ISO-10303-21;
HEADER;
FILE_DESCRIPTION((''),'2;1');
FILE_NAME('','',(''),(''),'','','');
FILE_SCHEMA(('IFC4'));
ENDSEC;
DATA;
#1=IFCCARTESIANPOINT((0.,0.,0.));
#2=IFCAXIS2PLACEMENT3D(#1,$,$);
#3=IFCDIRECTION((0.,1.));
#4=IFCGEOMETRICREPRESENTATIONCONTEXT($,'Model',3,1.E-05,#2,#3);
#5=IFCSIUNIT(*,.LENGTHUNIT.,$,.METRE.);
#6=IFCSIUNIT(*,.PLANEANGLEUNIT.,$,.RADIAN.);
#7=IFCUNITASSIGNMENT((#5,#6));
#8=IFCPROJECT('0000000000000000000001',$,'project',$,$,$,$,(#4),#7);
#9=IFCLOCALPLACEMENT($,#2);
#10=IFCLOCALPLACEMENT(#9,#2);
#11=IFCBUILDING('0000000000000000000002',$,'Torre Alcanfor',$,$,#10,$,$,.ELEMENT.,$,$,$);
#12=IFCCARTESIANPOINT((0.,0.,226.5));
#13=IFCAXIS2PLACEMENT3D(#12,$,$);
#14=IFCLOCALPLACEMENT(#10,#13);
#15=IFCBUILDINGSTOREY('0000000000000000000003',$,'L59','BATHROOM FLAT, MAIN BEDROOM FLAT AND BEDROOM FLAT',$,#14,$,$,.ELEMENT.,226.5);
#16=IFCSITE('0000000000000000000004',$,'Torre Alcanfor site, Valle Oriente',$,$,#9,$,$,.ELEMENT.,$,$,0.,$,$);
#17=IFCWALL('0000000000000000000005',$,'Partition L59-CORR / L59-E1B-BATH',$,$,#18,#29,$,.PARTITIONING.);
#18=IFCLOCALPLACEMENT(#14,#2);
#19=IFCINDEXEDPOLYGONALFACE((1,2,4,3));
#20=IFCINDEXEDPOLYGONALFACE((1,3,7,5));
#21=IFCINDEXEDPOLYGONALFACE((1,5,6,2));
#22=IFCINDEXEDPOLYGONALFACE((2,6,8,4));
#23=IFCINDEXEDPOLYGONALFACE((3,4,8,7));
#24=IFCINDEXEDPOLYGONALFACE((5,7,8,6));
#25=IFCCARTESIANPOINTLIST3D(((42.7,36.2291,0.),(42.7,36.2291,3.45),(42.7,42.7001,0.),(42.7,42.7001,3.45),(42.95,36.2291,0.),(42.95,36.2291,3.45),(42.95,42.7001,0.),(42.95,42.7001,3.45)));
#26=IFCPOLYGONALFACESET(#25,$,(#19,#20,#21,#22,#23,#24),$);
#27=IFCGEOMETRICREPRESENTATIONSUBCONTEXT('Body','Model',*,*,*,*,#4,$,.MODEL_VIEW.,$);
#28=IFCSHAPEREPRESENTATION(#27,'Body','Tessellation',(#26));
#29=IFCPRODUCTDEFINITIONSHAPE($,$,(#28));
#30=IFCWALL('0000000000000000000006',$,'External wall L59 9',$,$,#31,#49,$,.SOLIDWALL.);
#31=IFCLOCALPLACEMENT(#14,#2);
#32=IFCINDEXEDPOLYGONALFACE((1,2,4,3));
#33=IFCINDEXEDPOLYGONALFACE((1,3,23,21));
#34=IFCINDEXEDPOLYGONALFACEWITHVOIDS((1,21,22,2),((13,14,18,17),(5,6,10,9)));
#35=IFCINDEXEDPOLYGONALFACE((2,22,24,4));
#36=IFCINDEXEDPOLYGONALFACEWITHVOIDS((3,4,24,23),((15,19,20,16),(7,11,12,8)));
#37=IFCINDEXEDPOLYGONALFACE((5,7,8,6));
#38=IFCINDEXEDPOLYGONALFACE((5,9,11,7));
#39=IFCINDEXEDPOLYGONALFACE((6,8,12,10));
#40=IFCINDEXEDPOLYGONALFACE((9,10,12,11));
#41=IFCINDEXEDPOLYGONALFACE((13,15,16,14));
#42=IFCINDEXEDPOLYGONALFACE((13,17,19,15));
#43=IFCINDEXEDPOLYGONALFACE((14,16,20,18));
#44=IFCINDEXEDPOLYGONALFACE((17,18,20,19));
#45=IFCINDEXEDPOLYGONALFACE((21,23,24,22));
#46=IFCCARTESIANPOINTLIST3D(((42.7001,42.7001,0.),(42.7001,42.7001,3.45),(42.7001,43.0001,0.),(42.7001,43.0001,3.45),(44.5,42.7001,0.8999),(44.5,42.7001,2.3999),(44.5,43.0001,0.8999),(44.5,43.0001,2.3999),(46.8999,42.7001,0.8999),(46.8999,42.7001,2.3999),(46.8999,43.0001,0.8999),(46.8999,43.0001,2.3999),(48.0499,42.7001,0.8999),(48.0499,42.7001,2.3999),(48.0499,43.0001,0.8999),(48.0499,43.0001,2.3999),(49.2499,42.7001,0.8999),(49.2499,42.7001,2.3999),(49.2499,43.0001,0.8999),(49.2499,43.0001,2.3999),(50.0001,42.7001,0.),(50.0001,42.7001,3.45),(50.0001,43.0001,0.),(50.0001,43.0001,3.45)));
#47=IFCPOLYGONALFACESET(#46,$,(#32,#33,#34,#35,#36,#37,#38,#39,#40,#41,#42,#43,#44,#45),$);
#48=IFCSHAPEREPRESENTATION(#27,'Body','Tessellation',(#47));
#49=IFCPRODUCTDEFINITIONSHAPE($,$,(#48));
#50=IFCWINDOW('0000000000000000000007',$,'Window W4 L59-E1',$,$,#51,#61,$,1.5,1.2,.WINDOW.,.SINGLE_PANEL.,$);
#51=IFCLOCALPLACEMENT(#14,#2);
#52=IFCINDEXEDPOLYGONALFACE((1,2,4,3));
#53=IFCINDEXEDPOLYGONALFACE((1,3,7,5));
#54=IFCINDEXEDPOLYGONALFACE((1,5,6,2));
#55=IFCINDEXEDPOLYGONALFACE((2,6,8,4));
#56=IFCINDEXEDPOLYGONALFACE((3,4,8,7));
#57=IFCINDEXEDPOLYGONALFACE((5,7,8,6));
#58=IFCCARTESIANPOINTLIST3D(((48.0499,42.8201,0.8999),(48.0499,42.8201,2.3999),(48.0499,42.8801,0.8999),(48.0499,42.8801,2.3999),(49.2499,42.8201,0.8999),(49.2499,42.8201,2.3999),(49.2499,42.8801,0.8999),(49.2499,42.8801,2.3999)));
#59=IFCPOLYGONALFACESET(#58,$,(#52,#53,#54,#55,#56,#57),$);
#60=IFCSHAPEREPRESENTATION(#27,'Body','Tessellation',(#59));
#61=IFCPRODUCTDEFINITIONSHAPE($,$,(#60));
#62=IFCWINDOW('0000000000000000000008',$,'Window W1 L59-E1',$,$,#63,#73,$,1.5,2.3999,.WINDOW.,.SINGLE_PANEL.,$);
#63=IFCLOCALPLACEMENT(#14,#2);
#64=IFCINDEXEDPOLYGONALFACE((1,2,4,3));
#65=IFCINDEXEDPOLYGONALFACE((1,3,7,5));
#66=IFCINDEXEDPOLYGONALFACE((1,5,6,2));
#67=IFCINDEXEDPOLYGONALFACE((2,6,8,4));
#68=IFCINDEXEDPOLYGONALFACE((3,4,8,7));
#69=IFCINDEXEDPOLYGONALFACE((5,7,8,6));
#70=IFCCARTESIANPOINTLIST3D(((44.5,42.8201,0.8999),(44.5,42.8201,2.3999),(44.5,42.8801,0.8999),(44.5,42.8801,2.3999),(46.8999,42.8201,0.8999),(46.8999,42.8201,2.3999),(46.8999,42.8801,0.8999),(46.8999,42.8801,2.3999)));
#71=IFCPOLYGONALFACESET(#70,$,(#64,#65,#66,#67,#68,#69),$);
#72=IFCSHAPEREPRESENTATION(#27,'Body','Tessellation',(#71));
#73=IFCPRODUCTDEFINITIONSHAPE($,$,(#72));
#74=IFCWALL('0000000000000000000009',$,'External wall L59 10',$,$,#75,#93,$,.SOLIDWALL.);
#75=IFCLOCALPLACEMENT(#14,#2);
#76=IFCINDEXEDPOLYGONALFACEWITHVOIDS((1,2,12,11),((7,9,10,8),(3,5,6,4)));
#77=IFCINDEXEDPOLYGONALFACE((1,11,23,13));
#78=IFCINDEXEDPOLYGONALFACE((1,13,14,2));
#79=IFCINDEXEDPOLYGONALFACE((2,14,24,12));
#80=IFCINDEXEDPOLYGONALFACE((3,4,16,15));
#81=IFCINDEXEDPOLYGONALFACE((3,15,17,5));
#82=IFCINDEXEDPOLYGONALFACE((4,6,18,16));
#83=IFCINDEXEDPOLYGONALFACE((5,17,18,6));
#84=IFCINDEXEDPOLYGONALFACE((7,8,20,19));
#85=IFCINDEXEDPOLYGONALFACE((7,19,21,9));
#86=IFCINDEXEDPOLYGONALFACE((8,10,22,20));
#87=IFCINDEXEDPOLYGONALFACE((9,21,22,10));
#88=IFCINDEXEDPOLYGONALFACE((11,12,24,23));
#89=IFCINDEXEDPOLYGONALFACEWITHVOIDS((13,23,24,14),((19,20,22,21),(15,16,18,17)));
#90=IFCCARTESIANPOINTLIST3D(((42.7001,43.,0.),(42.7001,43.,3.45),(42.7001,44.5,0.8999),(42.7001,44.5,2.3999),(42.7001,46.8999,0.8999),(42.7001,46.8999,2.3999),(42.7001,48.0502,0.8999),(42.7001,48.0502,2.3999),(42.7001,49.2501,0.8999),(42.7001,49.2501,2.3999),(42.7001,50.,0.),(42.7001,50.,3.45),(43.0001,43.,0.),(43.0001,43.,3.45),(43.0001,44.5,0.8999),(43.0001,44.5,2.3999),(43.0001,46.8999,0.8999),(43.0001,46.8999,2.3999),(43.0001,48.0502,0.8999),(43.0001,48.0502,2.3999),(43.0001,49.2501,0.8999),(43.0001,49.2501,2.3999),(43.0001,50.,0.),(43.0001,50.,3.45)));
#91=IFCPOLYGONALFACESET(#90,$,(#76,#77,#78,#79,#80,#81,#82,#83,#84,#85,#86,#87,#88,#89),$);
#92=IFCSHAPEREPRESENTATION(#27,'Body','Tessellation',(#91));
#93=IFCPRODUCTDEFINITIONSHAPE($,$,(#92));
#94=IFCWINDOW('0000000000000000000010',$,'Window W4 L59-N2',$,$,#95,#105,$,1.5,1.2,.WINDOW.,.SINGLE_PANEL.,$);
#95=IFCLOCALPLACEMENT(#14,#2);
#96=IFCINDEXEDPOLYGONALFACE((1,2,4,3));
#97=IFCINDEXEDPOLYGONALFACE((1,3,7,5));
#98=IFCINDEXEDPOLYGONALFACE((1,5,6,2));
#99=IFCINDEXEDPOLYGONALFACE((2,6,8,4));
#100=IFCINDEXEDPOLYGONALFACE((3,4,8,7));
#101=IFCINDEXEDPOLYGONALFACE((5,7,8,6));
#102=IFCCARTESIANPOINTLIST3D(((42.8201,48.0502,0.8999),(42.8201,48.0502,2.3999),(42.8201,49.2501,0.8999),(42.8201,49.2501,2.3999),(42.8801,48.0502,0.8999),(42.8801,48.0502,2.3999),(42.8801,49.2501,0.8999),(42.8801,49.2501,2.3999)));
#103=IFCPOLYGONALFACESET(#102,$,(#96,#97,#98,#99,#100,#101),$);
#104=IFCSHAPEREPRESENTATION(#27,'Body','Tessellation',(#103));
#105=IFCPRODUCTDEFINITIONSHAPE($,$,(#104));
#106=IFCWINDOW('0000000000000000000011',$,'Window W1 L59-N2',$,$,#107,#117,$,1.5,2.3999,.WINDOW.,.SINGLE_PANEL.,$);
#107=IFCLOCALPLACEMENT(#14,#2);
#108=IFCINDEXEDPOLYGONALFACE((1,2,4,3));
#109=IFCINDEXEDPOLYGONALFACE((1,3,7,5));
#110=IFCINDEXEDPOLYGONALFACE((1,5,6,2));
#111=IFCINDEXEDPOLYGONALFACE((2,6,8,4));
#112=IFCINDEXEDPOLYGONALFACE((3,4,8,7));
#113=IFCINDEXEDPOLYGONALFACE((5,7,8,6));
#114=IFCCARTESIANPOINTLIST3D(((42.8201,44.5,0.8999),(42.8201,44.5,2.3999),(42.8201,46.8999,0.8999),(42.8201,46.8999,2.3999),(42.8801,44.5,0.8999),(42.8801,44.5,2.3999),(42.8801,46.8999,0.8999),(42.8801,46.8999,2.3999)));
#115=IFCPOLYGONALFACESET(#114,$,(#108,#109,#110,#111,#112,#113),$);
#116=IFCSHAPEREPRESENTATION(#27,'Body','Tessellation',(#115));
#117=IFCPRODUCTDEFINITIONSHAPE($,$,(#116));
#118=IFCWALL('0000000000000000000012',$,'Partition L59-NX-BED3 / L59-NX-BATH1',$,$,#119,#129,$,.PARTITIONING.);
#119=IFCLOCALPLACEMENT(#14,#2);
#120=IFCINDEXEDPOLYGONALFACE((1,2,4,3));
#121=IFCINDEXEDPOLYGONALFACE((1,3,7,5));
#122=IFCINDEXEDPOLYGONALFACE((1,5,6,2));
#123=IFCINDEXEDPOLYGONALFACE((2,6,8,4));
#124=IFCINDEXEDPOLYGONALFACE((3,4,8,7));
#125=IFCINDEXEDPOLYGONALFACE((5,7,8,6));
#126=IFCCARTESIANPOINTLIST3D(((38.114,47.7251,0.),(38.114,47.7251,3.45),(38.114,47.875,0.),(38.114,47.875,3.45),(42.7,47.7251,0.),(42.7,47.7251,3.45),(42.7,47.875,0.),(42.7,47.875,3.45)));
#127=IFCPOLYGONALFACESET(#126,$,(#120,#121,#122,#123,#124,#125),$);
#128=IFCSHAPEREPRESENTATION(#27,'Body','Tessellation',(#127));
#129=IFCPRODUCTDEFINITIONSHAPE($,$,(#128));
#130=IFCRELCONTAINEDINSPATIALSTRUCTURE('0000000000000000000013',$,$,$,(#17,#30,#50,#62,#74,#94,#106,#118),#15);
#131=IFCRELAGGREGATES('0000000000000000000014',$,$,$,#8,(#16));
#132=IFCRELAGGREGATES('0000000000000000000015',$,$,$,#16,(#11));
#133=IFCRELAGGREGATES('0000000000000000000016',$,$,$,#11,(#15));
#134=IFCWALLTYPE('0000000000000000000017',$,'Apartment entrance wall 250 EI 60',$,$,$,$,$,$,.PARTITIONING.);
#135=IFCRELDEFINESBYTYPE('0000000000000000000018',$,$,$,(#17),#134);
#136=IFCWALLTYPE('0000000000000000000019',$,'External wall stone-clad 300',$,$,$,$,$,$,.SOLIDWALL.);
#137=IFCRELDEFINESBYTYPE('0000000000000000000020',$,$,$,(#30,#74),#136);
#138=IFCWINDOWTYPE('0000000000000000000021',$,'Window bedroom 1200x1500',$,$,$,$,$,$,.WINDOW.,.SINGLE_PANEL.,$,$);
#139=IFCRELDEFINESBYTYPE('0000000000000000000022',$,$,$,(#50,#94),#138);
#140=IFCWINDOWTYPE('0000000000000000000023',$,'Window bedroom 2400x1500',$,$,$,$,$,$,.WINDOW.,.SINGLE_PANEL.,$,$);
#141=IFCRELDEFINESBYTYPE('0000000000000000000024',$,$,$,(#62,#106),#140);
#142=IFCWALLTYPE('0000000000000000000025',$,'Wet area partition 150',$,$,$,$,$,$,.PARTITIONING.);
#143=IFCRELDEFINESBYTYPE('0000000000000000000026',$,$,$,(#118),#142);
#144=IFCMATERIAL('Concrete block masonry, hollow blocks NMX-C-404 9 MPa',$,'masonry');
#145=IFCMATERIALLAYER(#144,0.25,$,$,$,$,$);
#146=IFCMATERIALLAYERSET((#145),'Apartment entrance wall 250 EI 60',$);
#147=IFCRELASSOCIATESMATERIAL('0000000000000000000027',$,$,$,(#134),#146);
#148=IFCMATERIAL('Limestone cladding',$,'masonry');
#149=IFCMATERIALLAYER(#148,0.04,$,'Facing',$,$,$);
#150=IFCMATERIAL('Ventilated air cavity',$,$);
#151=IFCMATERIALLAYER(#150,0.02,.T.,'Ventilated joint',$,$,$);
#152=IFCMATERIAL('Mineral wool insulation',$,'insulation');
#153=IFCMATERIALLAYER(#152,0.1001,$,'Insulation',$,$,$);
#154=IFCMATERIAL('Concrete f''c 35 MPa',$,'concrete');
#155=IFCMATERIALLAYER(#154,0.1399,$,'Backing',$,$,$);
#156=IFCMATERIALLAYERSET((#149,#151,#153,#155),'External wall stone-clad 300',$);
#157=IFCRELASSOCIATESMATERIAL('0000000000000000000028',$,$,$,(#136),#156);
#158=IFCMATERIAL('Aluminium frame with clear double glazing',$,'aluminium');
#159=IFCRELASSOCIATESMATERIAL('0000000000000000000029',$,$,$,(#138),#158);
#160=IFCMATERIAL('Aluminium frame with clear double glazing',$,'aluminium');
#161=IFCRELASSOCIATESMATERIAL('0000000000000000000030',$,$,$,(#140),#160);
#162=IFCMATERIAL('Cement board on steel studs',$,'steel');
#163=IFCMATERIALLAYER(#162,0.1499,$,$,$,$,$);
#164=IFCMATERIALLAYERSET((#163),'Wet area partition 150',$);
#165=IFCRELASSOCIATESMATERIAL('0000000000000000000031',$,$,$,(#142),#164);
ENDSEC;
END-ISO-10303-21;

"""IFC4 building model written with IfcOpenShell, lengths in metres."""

from ifc_helpers import new_model, si_unit, direction, frame, frame_2d, origin, place, context, subcontext, project, spatial, rectangle, extrude, material, layer, layer_set, type_object, element, fill, save


model = new_model("IFC4")

# Units and contexts
model_context = context("Model", 3, precision=1e-05, world=origin(), true_north=direction((0.0, 1.0)))
body_context = subcontext(model_context, "Body", "Model", "MODEL_VIEW")
ifc_project = project(units=[si_unit("LENGTHUNIT", "METRE"), si_unit("PLANEANGLEUNIT", "RADIAN")], contexts=[model_context])

# Site, building, storey
site_placement = place(None, origin())
site = spatial("IfcSite", under=ifc_project, at=site_placement, Name="Torre Alcanfor site, Valle Oriente", CompositionType="ELEMENT", RefElevation=0.0)
building_placement = place(site_placement, origin())
building = spatial("IfcBuilding", under=site, at=building_placement, Name="Torre Alcanfor", CompositionType="ELEMENT")
storey_placement = place(building_placement, frame((0.0, 0.0, 226.5)))
storey = spatial("IfcBuildingStorey", under=building, at=storey_placement, Name="L59", Description="BATHROOM FLAT, MAIN BEDROOM FLAT AND BEDROOM FLAT", CompositionType="ELEMENT", Elevation=226.5)

# Wall
ifc_material_1 = material(Name="Concrete block masonry, hollow blocks NMX-C-404 9 MPa", Category="masonry")
ifc_layer_1 = layer(ifc_material_1, 0.25)
ifc_layer_set_1 = layer_set([ifc_layer_1], Name="Apartment entrance wall 250 EI 60")
wall_type_1 = type_object("IfcWallType", Name="Apartment entrance wall 250 EI 60", PredefinedType="PARTITIONING", material=ifc_layer_set_1)
wall_1_placement = place(storey_placement, frame((42.825, 42.7, 0.0), z_axis=(0.0, 0.0, 1.0), x_axis=(0.0, -1.0, 0.0)))
element("IfcWall", 1, at=wall_1_placement, inside=storey, type_object=wall_type_1, Name="Partition L59-CORR / L59-E1B-BATH", PredefinedType="PARTITIONING", context=body_context, shape_type="SweptSolid", body=[
    extrude(rectangle(XDim=6.4709, YDim=0.25, at=frame_2d((3.2354, 0.0))), origin(), (0.0, 0.0, 1.0), 3.45),
])

# Walls, openings, windows
ifc_material_2 = material(Name="Limestone cladding", Category="masonry")
ifc_layer_2 = layer(ifc_material_2, 0.04, Name="Facing")
ifc_material_3 = material(Name="Ventilated air cavity")
ifc_layer_3 = layer(ifc_material_3, 0.02, ventilated=True, Name="Ventilated joint")
ifc_material_4 = material(Name="Mineral wool insulation", Category="insulation")
ifc_layer_4 = layer(ifc_material_4, 0.1001, Name="Insulation")
ifc_material_5 = material(Name="Concrete f'c 35 MPa", Category="concrete")
ifc_layer_5 = layer(ifc_material_5, 0.1399, Name="Backing")
ifc_layer_set_2 = layer_set([ifc_layer_2, ifc_layer_3, ifc_layer_4, ifc_layer_5], Name="External wall stone-clad 300")
wall_type_2 = type_object("IfcWallType", Name="External wall stone-clad 300", PredefinedType="SOLIDWALL", material=ifc_layer_set_2)
wall_2_placement = place(storey_placement, frame((50.0, 42.8501, 0.0), z_axis=(0.0, 0.0, 1.0), x_axis=(-1.0, 0.0, 0.0)))
wall_2 = element("IfcWall", 2, at=wall_2_placement, inside=storey, type_object=wall_type_2, Name="External wall L59 9", PredefinedType="SOLIDWALL", context=body_context, shape_type="SweptSolid", body=[
    extrude(rectangle(XDim=7.3, YDim=0.3, at=frame_2d((3.6499, 0.0))), origin(), (0.0, 0.0, 1.0), 3.45),
])
opening_1_placement = place(wall_2_placement, frame((3.1001, 0.0, 0.8999)))
opening_1 = element("IfcOpeningElement", 3, at=opening_1_placement, cuts=wall_2, PredefinedType="OPENING", context=body_context, shape_type="SweptSolid", body=[
    extrude(rectangle(XDim=2.3999, YDim=1.5, at=frame_2d((1.2, 0.75))), frame((0.0, 0.1599, 0.0), z_axis=(0.0, -1.0, 0.0), x_axis=(1.0, 0.0, 0.0)), (0.0, 0.0, 1.0), 0.3201),
])
opening_2_placement = place(wall_2_placement, frame((0.75, 0.0, 0.8999)))
opening_2 = element("IfcOpeningElement", 4, at=opening_2_placement, cuts=wall_2, PredefinedType="OPENING", context=body_context, shape_type="SweptSolid", body=[
    extrude(rectangle(XDim=1.2, YDim=1.5, at=frame_2d((0.6001, 0.75))), frame((0.0, 0.1599, 0.0), z_axis=(0.0, -1.0, 0.0), x_axis=(1.0, 0.0, 0.0)), (0.0, 0.0, 1.0), 0.3201),
])
ifc_material_6 = material(Name="Aluminium frame with clear double glazing", Category="aluminium")
window_type_1 = type_object("IfcWindowType", Name="Window bedroom 1200x1500", PartitioningType="SINGLE_PANEL", PredefinedType="WINDOW", material=ifc_material_6)
window_1_placement = place(opening_2_placement, origin())
window_1 = element("IfcWindow", 5, at=window_1_placement, inside=storey, type_object=window_type_1, Name="Window W4 L59-E1", OverallHeight=1.5, OverallWidth=1.2, PartitioningType="SINGLE_PANEL", PredefinedType="WINDOW", context=body_context, shape_type="SweptSolid", body=[
    extrude(rectangle(XDim=1.2, YDim=1.5, at=frame_2d((0.6001, 0.75))), frame((0.0, 0.03, 0.0), z_axis=(0.0, -1.0, 0.0), x_axis=(1.0, 0.0, 0.0)), (0.0, 0.0, 1.0), 0.0601),
])
fill(opening_2, window_1)
ifc_material_7 = material(Name="Aluminium frame with clear double glazing", Category="aluminium")
window_type_2 = type_object("IfcWindowType", Name="Window bedroom 2400x1500", PartitioningType="SINGLE_PANEL", PredefinedType="WINDOW", material=ifc_material_7)
window_2_placement = place(opening_1_placement, origin())
window_2 = element("IfcWindow", 6, at=window_2_placement, inside=storey, type_object=window_type_2, Name="Window W1 L59-E1", OverallHeight=1.5, OverallWidth=2.3999, PartitioningType="SINGLE_PANEL", PredefinedType="WINDOW", context=body_context, shape_type="SweptSolid", body=[
    extrude(rectangle(XDim=2.3999, YDim=1.5, at=frame_2d((1.2, 0.75))), frame((0.0, 0.03, 0.0), z_axis=(0.0, -1.0, 0.0), x_axis=(1.0, 0.0, 0.0)), (0.0, 0.0, 1.0), 0.0601),
])
fill(opening_1, window_2)
wall_3_placement = place(storey_placement, frame((42.8501, 43.0, 0.0), z_axis=(0.0, 0.0, 1.0), x_axis=(0.0, 1.0, 0.0)))
wall_3 = element("IfcWall", 7, at=wall_3_placement, inside=storey, type_object=wall_type_2, Name="External wall L59 10", PredefinedType="SOLIDWALL", context=body_context, shape_type="SweptSolid", body=[
    extrude(rectangle(XDim=7.0, YDim=0.3, at=frame_2d((3.5, 0.0))), origin(), (0.0, 0.0, 1.0), 3.45),
])
opening_3_placement = place(wall_3_placement, frame((1.5, 0.0, 0.8999)))
opening_3 = element("IfcOpeningElement", 8, at=opening_3_placement, cuts=wall_3, PredefinedType="OPENING", context=body_context, shape_type="SweptSolid", body=[
    extrude(rectangle(XDim=2.3999, YDim=1.5, at=frame_2d((1.2, 0.75))), frame((0.0, 0.1599, 0.0), z_axis=(0.0, -1.0, 0.0), x_axis=(1.0, 0.0, 0.0)), (0.0, 0.0, 1.0), 0.3201),
])
opening_4_placement = place(wall_3_placement, frame((5.05, 0.0, 0.8999)))
opening_4 = element("IfcOpeningElement", 9, at=opening_4_placement, cuts=wall_3, PredefinedType="OPENING", context=body_context, shape_type="SweptSolid", body=[
    extrude(rectangle(XDim=1.2, YDim=1.5, at=frame_2d((0.6001, 0.75))), frame((0.0, 0.1599, 0.0), z_axis=(0.0, -1.0, 0.0), x_axis=(1.0, 0.0, 0.0)), (0.0, 0.0, 1.0), 0.3201),
])
window_3_placement = place(opening_4_placement, origin())
window_3 = element("IfcWindow", 10, at=window_3_placement, inside=storey, type_object=window_type_1, Name="Window W4 L59-N2", OverallHeight=1.5, OverallWidth=1.2, PartitioningType="SINGLE_PANEL", PredefinedType="WINDOW", context=body_context, shape_type="SweptSolid", body=[
    extrude(rectangle(XDim=1.2, YDim=1.5, at=frame_2d((0.6001, 0.75))), frame((0.0, 0.03, 0.0), z_axis=(0.0, -1.0, 0.0), x_axis=(1.0, 0.0, 0.0)), (0.0, 0.0, 1.0), 0.0601),
])
fill(opening_4, window_3)
window_4_placement = place(opening_3_placement, origin())
window_4 = element("IfcWindow", 11, at=window_4_placement, inside=storey, type_object=window_type_2, Name="Window W1 L59-N2", OverallHeight=1.5, OverallWidth=2.3999, PartitioningType="SINGLE_PANEL", PredefinedType="WINDOW", context=body_context, shape_type="SweptSolid", body=[
    extrude(rectangle(XDim=2.3999, YDim=1.5, at=frame_2d((1.2, 0.75))), frame((0.0, 0.03, 0.0), z_axis=(0.0, -1.0, 0.0), x_axis=(1.0, 0.0, 0.0)), (0.0, 0.0, 1.0), 0.0601),
])
fill(opening_3, window_4)

# Wall
ifc_material_8 = material(Name="Cement board on steel studs", Category="steel")
ifc_layer_6 = layer(ifc_material_8, 0.1499)
ifc_layer_set_3 = layer_set([ifc_layer_6], Name="Wet area partition 150")
wall_type_3 = type_object("IfcWallType", Name="Wet area partition 150", PredefinedType="PARTITIONING", material=ifc_layer_set_3)
wall_4_placement = place(storey_placement, frame((42.7, 47.8, 0.0), z_axis=(0.0, 0.0, 1.0), x_axis=(-1.0, 0.0, 0.0)))
element("IfcWall", 12, at=wall_4_placement, inside=storey, type_object=wall_type_3, Name="Partition L59-NX-BED3 / L59-NX-BATH1", PredefinedType="PARTITIONING", context=body_context, shape_type="SweptSolid", body=[
    extrude(rectangle(XDim=4.5859, YDim=0.1499, at=frame_2d((2.293, 0.0))), origin(), (0.0, 0.0, 1.0), 3.45),
])

save(model, "model.ifc")
